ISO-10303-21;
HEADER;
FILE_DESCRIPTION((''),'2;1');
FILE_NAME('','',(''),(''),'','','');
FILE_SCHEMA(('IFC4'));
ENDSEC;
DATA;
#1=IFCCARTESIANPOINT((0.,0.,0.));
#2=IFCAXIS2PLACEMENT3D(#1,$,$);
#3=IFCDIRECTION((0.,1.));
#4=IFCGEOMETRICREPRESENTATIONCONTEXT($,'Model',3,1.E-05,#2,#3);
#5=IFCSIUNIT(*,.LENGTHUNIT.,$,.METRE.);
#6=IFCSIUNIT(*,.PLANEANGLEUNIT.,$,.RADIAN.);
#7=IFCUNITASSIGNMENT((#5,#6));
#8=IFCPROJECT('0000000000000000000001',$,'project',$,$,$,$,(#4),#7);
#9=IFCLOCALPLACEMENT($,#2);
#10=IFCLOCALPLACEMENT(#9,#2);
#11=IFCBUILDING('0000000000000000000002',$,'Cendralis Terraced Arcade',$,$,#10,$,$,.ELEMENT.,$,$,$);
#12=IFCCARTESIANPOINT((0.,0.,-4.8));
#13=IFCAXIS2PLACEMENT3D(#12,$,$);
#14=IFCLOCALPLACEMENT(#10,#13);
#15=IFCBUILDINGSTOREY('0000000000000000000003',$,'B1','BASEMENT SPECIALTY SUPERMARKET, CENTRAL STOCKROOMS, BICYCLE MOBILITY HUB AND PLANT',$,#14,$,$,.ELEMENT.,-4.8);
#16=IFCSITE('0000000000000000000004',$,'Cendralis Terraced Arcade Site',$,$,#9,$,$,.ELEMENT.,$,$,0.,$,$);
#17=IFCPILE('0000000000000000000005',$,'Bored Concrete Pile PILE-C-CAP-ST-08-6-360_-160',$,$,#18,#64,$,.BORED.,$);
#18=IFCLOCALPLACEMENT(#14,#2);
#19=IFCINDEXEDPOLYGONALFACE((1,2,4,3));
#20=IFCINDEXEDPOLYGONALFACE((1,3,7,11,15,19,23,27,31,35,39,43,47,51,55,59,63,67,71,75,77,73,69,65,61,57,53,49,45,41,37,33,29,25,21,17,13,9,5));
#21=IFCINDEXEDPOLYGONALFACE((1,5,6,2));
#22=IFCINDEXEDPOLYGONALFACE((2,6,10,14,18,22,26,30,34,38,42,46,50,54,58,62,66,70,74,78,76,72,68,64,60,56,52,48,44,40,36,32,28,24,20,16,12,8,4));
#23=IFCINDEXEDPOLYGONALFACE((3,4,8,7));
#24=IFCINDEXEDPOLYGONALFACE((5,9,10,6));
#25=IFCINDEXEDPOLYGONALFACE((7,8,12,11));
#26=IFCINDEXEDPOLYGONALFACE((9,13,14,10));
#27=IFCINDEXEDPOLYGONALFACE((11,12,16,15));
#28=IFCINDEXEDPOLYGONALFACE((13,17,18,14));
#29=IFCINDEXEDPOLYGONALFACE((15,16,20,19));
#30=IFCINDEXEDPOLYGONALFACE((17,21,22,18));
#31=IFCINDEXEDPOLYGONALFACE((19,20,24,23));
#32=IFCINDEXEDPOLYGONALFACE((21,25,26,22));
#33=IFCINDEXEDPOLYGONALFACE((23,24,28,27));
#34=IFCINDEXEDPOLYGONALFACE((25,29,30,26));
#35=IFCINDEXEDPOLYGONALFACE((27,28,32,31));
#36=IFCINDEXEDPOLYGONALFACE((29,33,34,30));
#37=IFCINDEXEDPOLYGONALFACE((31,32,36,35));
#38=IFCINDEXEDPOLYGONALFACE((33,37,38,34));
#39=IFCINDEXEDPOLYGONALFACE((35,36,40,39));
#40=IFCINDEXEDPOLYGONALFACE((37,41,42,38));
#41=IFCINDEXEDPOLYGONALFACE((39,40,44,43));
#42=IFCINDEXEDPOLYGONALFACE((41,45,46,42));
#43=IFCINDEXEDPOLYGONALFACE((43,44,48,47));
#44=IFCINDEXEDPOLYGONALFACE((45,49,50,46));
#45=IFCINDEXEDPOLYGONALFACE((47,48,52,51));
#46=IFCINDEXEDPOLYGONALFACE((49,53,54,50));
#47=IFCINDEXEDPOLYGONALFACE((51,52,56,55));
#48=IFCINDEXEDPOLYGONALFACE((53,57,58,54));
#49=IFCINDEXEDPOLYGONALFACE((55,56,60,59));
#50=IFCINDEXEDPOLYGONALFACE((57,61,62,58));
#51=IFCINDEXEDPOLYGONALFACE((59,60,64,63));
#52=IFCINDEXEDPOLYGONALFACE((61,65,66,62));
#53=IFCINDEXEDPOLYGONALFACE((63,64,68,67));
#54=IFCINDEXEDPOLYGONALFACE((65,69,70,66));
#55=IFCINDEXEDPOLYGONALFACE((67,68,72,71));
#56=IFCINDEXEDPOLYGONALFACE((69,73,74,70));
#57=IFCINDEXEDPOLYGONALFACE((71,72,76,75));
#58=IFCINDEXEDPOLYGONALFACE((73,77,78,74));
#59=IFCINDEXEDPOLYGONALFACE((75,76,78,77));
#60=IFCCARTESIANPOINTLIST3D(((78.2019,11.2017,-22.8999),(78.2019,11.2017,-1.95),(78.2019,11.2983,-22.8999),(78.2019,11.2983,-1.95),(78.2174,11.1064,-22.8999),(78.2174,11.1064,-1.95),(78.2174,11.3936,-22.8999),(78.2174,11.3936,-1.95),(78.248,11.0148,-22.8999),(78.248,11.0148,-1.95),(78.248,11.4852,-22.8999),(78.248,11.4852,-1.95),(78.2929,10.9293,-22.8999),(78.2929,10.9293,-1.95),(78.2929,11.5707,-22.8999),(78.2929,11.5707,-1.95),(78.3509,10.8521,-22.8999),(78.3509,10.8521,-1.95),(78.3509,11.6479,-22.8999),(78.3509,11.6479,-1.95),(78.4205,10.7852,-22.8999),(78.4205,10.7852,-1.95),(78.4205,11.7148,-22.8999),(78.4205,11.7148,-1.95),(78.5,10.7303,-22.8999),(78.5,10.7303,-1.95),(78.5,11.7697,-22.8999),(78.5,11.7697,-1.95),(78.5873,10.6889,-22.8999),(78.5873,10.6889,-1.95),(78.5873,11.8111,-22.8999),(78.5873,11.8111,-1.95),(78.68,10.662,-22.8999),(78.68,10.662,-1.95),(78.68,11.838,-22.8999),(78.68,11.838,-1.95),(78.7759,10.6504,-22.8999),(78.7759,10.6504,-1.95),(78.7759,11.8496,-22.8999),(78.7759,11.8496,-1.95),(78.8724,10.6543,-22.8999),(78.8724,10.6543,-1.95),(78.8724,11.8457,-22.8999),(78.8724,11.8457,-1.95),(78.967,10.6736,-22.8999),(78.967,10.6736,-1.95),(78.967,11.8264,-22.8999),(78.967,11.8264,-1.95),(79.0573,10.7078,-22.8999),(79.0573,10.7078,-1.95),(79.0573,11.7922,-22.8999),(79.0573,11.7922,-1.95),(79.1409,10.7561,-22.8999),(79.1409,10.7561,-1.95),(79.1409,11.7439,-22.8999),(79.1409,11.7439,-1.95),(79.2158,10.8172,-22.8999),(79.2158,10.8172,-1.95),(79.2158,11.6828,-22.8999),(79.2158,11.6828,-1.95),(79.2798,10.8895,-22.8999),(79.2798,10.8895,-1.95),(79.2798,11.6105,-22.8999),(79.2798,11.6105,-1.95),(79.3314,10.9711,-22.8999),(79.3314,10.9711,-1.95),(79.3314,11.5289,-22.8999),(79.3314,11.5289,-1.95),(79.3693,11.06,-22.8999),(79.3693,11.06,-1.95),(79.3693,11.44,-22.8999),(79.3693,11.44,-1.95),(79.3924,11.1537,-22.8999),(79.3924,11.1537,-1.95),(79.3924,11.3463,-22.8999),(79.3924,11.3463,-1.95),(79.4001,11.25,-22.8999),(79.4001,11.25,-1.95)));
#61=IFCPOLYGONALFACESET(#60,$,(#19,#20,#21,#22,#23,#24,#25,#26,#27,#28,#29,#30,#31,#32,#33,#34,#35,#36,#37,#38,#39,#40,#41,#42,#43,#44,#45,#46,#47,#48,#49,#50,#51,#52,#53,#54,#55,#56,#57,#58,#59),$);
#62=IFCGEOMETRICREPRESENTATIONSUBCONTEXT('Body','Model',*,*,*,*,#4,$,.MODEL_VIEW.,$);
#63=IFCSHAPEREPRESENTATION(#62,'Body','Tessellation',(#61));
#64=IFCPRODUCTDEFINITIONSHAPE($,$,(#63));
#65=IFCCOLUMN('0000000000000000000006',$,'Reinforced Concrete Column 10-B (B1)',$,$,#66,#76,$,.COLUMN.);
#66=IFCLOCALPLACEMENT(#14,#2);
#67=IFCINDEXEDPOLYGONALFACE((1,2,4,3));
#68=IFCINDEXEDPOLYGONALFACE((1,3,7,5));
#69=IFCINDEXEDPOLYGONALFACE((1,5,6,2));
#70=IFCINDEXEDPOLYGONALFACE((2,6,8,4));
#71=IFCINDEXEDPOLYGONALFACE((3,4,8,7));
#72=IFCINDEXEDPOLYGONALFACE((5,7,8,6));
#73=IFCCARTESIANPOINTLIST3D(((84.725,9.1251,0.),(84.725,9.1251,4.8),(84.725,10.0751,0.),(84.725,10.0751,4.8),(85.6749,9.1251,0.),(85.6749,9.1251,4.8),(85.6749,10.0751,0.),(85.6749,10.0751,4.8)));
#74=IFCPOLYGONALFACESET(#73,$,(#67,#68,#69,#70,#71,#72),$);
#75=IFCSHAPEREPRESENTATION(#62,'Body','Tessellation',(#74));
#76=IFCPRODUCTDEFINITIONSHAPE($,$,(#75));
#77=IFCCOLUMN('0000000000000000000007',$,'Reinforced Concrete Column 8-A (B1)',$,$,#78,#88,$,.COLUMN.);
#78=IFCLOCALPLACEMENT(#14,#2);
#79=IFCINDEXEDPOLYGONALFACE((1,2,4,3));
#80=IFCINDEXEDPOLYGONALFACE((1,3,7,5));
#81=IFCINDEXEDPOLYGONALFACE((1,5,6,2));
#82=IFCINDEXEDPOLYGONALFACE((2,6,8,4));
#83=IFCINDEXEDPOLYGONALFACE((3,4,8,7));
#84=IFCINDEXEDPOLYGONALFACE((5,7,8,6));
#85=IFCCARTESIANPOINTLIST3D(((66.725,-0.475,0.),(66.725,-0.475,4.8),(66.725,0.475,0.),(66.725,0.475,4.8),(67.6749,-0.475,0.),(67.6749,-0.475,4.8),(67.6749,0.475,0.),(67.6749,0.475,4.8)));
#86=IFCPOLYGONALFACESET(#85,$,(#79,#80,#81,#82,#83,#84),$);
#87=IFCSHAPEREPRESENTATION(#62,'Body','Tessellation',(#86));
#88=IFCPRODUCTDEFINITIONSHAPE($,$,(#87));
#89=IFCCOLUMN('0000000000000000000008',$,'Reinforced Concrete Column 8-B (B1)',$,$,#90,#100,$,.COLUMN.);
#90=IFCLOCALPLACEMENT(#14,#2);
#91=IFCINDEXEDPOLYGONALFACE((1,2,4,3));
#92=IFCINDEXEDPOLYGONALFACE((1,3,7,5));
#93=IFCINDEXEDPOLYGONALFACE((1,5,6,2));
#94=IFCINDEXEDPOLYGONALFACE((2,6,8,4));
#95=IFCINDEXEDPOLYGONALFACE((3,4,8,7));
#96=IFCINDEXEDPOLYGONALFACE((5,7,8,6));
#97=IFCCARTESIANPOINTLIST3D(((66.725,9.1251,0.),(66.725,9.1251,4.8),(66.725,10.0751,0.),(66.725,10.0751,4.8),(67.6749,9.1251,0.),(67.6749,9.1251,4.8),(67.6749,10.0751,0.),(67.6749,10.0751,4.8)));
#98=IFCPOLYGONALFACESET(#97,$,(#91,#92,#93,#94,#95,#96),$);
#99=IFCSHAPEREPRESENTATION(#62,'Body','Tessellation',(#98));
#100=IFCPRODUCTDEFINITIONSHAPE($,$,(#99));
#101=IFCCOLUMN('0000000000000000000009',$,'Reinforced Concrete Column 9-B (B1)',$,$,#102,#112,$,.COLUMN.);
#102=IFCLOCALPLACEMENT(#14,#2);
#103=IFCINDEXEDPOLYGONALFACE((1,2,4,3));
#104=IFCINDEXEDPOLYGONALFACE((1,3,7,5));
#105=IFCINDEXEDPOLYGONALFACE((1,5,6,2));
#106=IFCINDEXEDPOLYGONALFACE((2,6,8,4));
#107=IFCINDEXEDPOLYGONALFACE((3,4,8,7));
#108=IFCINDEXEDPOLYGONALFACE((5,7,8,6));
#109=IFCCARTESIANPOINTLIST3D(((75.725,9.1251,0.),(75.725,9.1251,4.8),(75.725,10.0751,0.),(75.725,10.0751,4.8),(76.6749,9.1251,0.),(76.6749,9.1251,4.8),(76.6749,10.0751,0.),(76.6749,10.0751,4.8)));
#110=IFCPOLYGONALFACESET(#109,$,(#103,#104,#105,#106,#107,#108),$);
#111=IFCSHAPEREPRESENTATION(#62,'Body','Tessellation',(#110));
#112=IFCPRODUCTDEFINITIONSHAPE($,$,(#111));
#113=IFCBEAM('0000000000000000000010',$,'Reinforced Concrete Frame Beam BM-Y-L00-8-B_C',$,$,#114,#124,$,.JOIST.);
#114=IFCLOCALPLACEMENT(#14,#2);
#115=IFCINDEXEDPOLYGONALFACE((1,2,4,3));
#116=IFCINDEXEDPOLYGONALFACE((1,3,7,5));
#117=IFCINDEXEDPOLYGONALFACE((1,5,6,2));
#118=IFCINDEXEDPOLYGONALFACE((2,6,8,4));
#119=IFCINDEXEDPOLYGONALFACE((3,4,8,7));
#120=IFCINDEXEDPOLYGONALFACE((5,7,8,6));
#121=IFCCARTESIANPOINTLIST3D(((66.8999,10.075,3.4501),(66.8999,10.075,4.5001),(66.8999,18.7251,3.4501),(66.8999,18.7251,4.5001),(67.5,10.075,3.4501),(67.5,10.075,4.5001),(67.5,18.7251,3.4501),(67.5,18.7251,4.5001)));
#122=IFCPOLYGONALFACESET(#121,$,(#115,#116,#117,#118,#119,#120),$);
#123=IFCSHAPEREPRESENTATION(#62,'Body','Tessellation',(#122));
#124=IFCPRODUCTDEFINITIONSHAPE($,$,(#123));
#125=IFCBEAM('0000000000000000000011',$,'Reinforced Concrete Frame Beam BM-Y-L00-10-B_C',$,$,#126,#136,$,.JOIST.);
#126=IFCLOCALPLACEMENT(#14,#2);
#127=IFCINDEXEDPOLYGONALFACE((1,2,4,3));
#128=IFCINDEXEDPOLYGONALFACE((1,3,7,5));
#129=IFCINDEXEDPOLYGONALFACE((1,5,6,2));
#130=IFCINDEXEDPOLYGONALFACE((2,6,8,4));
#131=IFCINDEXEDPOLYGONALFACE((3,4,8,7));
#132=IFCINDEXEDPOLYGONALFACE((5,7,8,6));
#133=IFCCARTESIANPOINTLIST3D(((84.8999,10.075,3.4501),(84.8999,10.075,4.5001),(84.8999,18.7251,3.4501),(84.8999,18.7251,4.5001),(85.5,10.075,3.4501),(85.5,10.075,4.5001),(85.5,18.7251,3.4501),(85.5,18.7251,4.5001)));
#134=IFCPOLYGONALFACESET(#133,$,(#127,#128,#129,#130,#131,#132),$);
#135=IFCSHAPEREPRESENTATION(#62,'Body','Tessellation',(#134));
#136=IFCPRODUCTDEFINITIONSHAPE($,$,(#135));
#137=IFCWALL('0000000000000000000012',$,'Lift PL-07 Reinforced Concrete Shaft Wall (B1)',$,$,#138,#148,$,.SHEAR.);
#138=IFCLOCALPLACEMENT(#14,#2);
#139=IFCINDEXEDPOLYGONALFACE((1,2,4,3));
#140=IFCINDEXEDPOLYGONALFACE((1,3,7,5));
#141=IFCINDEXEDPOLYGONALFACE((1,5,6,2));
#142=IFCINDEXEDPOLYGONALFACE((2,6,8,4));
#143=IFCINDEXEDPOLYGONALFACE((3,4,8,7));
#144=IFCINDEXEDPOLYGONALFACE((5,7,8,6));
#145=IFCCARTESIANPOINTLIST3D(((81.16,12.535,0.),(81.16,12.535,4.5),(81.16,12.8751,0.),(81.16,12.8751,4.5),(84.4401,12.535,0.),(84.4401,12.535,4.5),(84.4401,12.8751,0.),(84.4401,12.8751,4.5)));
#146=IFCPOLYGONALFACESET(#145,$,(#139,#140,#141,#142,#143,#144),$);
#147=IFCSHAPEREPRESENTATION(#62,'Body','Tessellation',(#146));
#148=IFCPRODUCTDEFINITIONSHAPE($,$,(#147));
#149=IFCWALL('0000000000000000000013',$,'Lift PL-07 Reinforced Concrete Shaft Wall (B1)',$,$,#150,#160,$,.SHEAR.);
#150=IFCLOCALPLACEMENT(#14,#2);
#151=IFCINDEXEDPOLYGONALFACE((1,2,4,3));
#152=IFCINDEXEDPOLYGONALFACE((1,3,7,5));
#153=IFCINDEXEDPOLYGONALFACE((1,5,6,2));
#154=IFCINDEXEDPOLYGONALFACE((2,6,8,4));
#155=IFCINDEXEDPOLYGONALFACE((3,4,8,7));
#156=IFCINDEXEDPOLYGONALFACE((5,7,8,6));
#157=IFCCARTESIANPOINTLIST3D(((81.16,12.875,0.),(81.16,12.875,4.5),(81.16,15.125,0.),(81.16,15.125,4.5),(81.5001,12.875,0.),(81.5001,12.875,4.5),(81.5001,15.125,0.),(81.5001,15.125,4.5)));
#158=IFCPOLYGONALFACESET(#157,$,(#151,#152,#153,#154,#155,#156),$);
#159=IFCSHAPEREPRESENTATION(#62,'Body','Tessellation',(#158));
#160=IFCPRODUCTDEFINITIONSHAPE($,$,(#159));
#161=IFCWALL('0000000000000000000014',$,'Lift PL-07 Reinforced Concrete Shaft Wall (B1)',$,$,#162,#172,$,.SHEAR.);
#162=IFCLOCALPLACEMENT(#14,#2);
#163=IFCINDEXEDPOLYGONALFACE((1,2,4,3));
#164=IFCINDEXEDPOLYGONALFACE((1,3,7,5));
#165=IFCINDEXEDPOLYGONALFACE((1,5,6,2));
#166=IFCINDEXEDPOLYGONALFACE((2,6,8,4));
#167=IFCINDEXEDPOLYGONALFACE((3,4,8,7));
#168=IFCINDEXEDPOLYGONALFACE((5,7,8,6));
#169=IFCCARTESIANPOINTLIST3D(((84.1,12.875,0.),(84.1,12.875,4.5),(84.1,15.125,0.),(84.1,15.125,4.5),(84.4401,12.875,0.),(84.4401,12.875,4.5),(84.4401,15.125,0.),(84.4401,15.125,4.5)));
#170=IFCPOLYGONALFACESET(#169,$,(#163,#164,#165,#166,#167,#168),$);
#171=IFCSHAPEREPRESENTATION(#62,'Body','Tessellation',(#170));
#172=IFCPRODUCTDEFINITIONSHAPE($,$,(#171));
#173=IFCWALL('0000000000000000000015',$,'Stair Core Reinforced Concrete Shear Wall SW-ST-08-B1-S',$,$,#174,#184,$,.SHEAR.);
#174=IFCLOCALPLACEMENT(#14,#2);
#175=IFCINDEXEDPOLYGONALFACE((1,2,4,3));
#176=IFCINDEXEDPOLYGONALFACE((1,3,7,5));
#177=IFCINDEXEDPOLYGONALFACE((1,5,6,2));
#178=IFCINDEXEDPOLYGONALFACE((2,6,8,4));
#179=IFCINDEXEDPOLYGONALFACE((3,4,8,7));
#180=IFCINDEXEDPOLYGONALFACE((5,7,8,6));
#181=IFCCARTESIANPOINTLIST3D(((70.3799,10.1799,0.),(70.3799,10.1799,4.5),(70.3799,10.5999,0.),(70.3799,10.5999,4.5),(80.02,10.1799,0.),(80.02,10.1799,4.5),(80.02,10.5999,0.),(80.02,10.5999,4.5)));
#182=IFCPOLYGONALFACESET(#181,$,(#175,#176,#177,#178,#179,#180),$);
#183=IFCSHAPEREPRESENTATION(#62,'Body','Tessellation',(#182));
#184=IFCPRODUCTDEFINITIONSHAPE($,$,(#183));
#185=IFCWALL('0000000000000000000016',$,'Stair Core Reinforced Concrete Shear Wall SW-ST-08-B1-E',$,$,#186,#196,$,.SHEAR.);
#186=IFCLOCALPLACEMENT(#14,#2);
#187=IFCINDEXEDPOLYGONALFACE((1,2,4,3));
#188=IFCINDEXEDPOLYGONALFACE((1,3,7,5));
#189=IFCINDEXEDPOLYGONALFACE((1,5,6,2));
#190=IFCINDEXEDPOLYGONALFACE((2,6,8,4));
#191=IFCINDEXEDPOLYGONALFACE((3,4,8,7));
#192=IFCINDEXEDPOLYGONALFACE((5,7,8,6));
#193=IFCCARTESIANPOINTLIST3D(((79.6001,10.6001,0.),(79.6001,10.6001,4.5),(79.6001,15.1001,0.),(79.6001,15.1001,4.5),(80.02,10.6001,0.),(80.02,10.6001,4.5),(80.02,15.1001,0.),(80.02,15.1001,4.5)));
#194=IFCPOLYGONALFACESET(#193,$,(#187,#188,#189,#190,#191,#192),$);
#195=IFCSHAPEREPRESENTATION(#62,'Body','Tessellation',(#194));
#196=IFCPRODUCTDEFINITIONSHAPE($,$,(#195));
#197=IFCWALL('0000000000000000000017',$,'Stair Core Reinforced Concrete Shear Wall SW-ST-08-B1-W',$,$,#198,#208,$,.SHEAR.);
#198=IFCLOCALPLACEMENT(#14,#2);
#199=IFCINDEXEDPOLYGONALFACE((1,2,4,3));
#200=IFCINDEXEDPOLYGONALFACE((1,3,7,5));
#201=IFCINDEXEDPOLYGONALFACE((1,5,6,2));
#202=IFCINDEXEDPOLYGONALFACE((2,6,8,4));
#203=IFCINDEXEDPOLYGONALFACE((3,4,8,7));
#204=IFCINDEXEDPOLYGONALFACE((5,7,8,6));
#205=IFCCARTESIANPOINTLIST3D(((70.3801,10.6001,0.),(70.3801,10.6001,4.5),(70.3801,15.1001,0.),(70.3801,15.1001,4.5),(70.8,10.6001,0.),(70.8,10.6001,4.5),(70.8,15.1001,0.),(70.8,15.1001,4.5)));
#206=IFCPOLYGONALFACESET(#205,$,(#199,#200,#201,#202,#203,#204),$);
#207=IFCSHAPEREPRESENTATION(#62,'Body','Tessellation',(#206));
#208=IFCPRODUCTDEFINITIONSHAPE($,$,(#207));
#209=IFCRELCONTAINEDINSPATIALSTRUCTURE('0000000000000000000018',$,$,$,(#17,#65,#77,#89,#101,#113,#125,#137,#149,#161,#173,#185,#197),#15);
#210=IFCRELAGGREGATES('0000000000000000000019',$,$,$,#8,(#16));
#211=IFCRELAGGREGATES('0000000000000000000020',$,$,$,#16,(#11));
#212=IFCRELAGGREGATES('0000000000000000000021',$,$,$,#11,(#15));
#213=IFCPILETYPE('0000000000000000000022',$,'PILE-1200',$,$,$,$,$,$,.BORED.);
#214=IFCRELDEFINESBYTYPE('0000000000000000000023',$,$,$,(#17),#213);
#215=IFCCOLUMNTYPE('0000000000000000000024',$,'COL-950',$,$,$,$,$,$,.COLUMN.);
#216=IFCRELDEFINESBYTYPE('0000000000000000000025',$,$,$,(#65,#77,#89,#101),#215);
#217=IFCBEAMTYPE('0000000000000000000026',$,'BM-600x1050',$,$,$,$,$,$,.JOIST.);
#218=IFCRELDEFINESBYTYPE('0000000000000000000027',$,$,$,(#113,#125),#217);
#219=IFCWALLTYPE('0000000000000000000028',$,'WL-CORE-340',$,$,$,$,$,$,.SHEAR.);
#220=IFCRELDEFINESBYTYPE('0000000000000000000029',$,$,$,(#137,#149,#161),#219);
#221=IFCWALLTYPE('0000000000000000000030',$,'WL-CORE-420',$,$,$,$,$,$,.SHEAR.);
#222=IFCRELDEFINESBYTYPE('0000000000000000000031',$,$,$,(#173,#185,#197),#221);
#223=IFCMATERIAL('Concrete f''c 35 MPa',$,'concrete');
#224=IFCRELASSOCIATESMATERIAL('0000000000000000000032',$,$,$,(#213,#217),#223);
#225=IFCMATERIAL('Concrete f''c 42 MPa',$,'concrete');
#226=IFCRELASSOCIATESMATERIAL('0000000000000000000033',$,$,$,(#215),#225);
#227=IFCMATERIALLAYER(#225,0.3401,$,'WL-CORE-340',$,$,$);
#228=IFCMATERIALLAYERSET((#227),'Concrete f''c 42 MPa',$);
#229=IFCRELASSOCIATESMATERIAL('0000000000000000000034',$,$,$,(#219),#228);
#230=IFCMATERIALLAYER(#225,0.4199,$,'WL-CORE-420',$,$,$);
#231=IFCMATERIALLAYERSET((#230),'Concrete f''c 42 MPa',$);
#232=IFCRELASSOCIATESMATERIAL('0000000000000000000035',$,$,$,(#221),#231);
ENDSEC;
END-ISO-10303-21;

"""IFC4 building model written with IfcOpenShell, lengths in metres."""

from ifc_helpers import new_model, si_unit, direction, frame, frame_2d, origin, origin_2d, place, context, subcontext, project, spatial, rectangle, circle, extrude, material, layer, layer_set, material_profile, profile_set, type_object, element, save


model = new_model("IFC4")

# Units and contexts
model_context = context("Model", 3, precision=1e-05, world=origin(), true_north=direction((0.0, 1.0)))
body_context = subcontext(model_context, "Body", "Model", "MODEL_VIEW")
ifc_project = project(units=[si_unit("LENGTHUNIT", "METRE"), si_unit("PLANEANGLEUNIT", "RADIAN")], contexts=[model_context])

# Site, building, storey
site_placement = place(None, origin())
site = spatial("IfcSite", under=ifc_project, at=site_placement, Name="Cendralis Terraced Arcade Site", CompositionType="ELEMENT", RefElevation=0.0)
building_placement = place(site_placement, origin())
building = spatial("IfcBuilding", under=site, at=building_placement, Name="Cendralis Terraced Arcade", CompositionType="ELEMENT")
storey_placement = place(building_placement, frame((0.0, 0.0, -4.8)))
storey = spatial("IfcBuildingStorey", under=building, at=storey_placement, Name="B1", Description="BASEMENT SPECIALTY SUPERMARKET, CENTRAL STOCKROOMS, BICYCLE MOBILITY HUB AND PLANT", CompositionType="ELEMENT", Elevation=-4.8)

# Shared definitions
ifc_material_1 = material(Name="Concrete f'c 35 MPa", Category="concrete")

# Pile
ifc_material_profile_1 = material_profile(ifc_material_1, circle(Radius=0.6001, at=origin_2d()), Name="PILE-D1200", Category="LoadBearing")
ifc_profile_set_1 = profile_set([ifc_material_profile_1], Name="Concrete f'c 35 MPa")
pile_type_1 = type_object("IfcPileType", Name="PILE-1200", PredefinedType="BORED", material=ifc_profile_set_1)
for number, where, z_axis, x_axis, name in (
    (1, (78.8, 11.25, -1.95), (0.0, 0.0, -1.0), (1.0, 0.0, 0.0), "Bored Concrete Pile PILE-C-CAP-ST-08-6-360_-160"),
):
    element("IfcPile", number, at=place(storey_placement, frame(where, z_axis=z_axis, x_axis=x_axis)), inside=storey, type_object=pile_type_1, Name=name, PredefinedType="BORED", context=body_context, shape_type="SweptSolid", body=[
        extrude(circle(Radius=0.6001, at=origin_2d()), origin(), (0.0, 0.0, 1.0), 20.95),
    ])

# Columns
ifc_material_2 = material(Name="Concrete f'c 42 MPa", Category="concrete")
ifc_material_profile_2 = material_profile(ifc_material_2, rectangle(XDim=0.95, YDim=0.95, at=origin_2d()), Name="RC-COL-950x950", Category="LoadBearing")
ifc_profile_set_2 = profile_set([ifc_material_profile_2], Name="Concrete f'c 42 MPa")
column_type = type_object("IfcColumnType", Name="COL-950", PredefinedType="COLUMN", material=ifc_profile_set_2)
for number, where, z_axis, x_axis, name in (
    (2, (85.2, 9.6001, 0.0), (0.0, 0.0, 1.0), (1.0, 0.0, 0.0), "Reinforced Concrete Column 10-B (B1)"),
    (3, (67.2, 0.0, 0.0), (0.0, 0.0, 1.0), (1.0, 0.0, 0.0), "Reinforced Concrete Column 8-A (B1)"),
    (4, (67.2, 9.6001, 0.0), (0.0, 0.0, 1.0), (1.0, 0.0, 0.0), "Reinforced Concrete Column 8-B (B1)"),
    (5, (76.2, 9.6001, 0.0), (0.0, 0.0, 1.0), (1.0, 0.0, 0.0), "Reinforced Concrete Column 9-B (B1)"),
):
    element("IfcColumn", number, at=place(storey_placement, frame(where, z_axis=z_axis, x_axis=x_axis)), inside=storey, type_object=column_type, Name=name, PredefinedType="COLUMN", context=body_context, shape_type="SweptSolid", body=[
        extrude(rectangle(XDim=0.95, YDim=0.95, at=origin_2d()), origin(), (0.0, 0.0, 1.0), 4.8),
    ])

# Beams
ifc_material_profile_3 = material_profile(ifc_material_1, rectangle(XDim=0.6001, YDim=1.05, at=origin_2d()), Name="RC-BM-600x1050", Category="LoadBearing")
ifc_profile_set_3 = profile_set([ifc_material_profile_3], Name="Concrete f'c 35 MPa")
beam_type = type_object("IfcBeamType", Name="BM-600x1050", PredefinedType="JOIST", material=ifc_profile_set_3)
for number, where, z_axis, x_axis, name in (
    (6, (67.2, 10.075, 3.9751), (0.0, 1.0, 0.0), (-1.0, 0.0, 0.0), "Reinforced Concrete Frame Beam BM-Y-L00-8-B_C"),
    (7, (85.2, 10.075, 3.9751), (0.0, 1.0, 0.0), (-1.0, 0.0, 0.0), "Reinforced Concrete Frame Beam BM-Y-L00-10-B_C"),
):
    element("IfcBeam", number, at=place(storey_placement, frame(where, z_axis=z_axis, x_axis=x_axis)), inside=storey, type_object=beam_type, Name=name, PredefinedType="JOIST", context=body_context, shape_type="SweptSolid", body=[
        extrude(rectangle(XDim=0.6001, YDim=1.05, at=origin_2d()), origin(), (0.0, 0.0, 1.0), 8.6501),
    ])

# Walls
ifc_layer_1 = layer(ifc_material_2, 0.3401, Name="WL-CORE-340")
ifc_layer_set_1 = layer_set([ifc_layer_1], Name="Concrete f'c 42 MPa")
wall_type_1 = type_object("IfcWallType", Name="WL-CORE-340", PredefinedType="SHEAR", material=ifc_layer_set_1)
wall_1_placement = place(storey_placement, frame((81.1599, 12.7051, 0.0), z_axis=(0.0, 0.0, 1.0), x_axis=(1.0, 0.0, 0.0)))
element("IfcWall", 8, at=wall_1_placement, inside=storey, type_object=wall_type_1, Name="Lift PL-07 Reinforced Concrete Shaft Wall (B1)", PredefinedType="SHEAR", context=body_context, shape_type="SweptSolid", body=[
    extrude(rectangle(XDim=3.28, YDim=0.3401, at=frame_2d((1.6401, 0.0))), origin(), (0.0, 0.0, 1.0), 4.5),
])
for number, where, z_axis, x_axis, name in (
    (9, (81.3301, 12.875, 0.0), (0.0, 0.0, 1.0), (0.0, 1.0, 0.0), "Lift PL-07 Reinforced Concrete Shaft Wall (B1)"),
    (10, (84.27, 12.875, 0.0), (0.0, 0.0, 1.0), (0.0, 1.0, 0.0), "Lift PL-07 Reinforced Concrete Shaft Wall (B1)"),
):
    element("IfcWall", number, at=place(storey_placement, frame(where, z_axis=z_axis, x_axis=x_axis)), inside=storey, type_object=wall_type_1, Name=name, PredefinedType="SHEAR", context=body_context, shape_type="SweptSolid", body=[
        extrude(rectangle(XDim=2.25, YDim=0.3401, at=frame_2d((1.125, 0.0))), origin(), (0.0, 0.0, 1.0), 4.5),
    ])
ifc_layer_2 = layer(ifc_material_2, 0.4199, Name="WL-CORE-420")
ifc_layer_set_2 = layer_set([ifc_layer_2], Name="Concrete f'c 42 MPa")
wall_type_2 = type_object("IfcWallType", Name="WL-CORE-420", PredefinedType="SHEAR", material=ifc_layer_set_2)
wall_2_placement = place(storey_placement, frame((70.3799, 10.3899, 0.0), z_axis=(0.0, 0.0, 1.0), x_axis=(1.0, 0.0, 0.0)))
element("IfcWall", 11, at=wall_2_placement, inside=storey, type_object=wall_type_2, Name="Stair Core Reinforced Concrete Shear Wall SW-ST-08-B1-S", PredefinedType="SHEAR", context=body_context, shape_type="SweptSolid", body=[
    extrude(rectangle(XDim=9.6401, YDim=0.4199, at=frame_2d((4.8201, 0.0))), origin(), (0.0, 0.0, 1.0), 4.5),
])
for number, where, z_axis, x_axis, name in (
    (12, (79.8101, 10.6001, 0.0), (0.0, 0.0, 1.0), (0.0, 1.0, 0.0), "Stair Core Reinforced Concrete Shear Wall SW-ST-08-B1-E"),
    (13, (70.5901, 10.6001, 0.0), (0.0, 0.0, 1.0), (0.0, 1.0, 0.0), "Stair Core Reinforced Concrete Shear Wall SW-ST-08-B1-W"),
):
    element("IfcWall", number, at=place(storey_placement, frame(where, z_axis=z_axis, x_axis=x_axis)), inside=storey, type_object=wall_type_2, Name=name, PredefinedType="SHEAR", context=body_context, shape_type="SweptSolid", body=[
        extrude(rectangle(XDim=4.5, YDim=0.4199, at=frame_2d((2.25, 0.0))), origin(), (0.0, 0.0, 1.0), 4.5),
    ])

save(model, "model.ifc")
